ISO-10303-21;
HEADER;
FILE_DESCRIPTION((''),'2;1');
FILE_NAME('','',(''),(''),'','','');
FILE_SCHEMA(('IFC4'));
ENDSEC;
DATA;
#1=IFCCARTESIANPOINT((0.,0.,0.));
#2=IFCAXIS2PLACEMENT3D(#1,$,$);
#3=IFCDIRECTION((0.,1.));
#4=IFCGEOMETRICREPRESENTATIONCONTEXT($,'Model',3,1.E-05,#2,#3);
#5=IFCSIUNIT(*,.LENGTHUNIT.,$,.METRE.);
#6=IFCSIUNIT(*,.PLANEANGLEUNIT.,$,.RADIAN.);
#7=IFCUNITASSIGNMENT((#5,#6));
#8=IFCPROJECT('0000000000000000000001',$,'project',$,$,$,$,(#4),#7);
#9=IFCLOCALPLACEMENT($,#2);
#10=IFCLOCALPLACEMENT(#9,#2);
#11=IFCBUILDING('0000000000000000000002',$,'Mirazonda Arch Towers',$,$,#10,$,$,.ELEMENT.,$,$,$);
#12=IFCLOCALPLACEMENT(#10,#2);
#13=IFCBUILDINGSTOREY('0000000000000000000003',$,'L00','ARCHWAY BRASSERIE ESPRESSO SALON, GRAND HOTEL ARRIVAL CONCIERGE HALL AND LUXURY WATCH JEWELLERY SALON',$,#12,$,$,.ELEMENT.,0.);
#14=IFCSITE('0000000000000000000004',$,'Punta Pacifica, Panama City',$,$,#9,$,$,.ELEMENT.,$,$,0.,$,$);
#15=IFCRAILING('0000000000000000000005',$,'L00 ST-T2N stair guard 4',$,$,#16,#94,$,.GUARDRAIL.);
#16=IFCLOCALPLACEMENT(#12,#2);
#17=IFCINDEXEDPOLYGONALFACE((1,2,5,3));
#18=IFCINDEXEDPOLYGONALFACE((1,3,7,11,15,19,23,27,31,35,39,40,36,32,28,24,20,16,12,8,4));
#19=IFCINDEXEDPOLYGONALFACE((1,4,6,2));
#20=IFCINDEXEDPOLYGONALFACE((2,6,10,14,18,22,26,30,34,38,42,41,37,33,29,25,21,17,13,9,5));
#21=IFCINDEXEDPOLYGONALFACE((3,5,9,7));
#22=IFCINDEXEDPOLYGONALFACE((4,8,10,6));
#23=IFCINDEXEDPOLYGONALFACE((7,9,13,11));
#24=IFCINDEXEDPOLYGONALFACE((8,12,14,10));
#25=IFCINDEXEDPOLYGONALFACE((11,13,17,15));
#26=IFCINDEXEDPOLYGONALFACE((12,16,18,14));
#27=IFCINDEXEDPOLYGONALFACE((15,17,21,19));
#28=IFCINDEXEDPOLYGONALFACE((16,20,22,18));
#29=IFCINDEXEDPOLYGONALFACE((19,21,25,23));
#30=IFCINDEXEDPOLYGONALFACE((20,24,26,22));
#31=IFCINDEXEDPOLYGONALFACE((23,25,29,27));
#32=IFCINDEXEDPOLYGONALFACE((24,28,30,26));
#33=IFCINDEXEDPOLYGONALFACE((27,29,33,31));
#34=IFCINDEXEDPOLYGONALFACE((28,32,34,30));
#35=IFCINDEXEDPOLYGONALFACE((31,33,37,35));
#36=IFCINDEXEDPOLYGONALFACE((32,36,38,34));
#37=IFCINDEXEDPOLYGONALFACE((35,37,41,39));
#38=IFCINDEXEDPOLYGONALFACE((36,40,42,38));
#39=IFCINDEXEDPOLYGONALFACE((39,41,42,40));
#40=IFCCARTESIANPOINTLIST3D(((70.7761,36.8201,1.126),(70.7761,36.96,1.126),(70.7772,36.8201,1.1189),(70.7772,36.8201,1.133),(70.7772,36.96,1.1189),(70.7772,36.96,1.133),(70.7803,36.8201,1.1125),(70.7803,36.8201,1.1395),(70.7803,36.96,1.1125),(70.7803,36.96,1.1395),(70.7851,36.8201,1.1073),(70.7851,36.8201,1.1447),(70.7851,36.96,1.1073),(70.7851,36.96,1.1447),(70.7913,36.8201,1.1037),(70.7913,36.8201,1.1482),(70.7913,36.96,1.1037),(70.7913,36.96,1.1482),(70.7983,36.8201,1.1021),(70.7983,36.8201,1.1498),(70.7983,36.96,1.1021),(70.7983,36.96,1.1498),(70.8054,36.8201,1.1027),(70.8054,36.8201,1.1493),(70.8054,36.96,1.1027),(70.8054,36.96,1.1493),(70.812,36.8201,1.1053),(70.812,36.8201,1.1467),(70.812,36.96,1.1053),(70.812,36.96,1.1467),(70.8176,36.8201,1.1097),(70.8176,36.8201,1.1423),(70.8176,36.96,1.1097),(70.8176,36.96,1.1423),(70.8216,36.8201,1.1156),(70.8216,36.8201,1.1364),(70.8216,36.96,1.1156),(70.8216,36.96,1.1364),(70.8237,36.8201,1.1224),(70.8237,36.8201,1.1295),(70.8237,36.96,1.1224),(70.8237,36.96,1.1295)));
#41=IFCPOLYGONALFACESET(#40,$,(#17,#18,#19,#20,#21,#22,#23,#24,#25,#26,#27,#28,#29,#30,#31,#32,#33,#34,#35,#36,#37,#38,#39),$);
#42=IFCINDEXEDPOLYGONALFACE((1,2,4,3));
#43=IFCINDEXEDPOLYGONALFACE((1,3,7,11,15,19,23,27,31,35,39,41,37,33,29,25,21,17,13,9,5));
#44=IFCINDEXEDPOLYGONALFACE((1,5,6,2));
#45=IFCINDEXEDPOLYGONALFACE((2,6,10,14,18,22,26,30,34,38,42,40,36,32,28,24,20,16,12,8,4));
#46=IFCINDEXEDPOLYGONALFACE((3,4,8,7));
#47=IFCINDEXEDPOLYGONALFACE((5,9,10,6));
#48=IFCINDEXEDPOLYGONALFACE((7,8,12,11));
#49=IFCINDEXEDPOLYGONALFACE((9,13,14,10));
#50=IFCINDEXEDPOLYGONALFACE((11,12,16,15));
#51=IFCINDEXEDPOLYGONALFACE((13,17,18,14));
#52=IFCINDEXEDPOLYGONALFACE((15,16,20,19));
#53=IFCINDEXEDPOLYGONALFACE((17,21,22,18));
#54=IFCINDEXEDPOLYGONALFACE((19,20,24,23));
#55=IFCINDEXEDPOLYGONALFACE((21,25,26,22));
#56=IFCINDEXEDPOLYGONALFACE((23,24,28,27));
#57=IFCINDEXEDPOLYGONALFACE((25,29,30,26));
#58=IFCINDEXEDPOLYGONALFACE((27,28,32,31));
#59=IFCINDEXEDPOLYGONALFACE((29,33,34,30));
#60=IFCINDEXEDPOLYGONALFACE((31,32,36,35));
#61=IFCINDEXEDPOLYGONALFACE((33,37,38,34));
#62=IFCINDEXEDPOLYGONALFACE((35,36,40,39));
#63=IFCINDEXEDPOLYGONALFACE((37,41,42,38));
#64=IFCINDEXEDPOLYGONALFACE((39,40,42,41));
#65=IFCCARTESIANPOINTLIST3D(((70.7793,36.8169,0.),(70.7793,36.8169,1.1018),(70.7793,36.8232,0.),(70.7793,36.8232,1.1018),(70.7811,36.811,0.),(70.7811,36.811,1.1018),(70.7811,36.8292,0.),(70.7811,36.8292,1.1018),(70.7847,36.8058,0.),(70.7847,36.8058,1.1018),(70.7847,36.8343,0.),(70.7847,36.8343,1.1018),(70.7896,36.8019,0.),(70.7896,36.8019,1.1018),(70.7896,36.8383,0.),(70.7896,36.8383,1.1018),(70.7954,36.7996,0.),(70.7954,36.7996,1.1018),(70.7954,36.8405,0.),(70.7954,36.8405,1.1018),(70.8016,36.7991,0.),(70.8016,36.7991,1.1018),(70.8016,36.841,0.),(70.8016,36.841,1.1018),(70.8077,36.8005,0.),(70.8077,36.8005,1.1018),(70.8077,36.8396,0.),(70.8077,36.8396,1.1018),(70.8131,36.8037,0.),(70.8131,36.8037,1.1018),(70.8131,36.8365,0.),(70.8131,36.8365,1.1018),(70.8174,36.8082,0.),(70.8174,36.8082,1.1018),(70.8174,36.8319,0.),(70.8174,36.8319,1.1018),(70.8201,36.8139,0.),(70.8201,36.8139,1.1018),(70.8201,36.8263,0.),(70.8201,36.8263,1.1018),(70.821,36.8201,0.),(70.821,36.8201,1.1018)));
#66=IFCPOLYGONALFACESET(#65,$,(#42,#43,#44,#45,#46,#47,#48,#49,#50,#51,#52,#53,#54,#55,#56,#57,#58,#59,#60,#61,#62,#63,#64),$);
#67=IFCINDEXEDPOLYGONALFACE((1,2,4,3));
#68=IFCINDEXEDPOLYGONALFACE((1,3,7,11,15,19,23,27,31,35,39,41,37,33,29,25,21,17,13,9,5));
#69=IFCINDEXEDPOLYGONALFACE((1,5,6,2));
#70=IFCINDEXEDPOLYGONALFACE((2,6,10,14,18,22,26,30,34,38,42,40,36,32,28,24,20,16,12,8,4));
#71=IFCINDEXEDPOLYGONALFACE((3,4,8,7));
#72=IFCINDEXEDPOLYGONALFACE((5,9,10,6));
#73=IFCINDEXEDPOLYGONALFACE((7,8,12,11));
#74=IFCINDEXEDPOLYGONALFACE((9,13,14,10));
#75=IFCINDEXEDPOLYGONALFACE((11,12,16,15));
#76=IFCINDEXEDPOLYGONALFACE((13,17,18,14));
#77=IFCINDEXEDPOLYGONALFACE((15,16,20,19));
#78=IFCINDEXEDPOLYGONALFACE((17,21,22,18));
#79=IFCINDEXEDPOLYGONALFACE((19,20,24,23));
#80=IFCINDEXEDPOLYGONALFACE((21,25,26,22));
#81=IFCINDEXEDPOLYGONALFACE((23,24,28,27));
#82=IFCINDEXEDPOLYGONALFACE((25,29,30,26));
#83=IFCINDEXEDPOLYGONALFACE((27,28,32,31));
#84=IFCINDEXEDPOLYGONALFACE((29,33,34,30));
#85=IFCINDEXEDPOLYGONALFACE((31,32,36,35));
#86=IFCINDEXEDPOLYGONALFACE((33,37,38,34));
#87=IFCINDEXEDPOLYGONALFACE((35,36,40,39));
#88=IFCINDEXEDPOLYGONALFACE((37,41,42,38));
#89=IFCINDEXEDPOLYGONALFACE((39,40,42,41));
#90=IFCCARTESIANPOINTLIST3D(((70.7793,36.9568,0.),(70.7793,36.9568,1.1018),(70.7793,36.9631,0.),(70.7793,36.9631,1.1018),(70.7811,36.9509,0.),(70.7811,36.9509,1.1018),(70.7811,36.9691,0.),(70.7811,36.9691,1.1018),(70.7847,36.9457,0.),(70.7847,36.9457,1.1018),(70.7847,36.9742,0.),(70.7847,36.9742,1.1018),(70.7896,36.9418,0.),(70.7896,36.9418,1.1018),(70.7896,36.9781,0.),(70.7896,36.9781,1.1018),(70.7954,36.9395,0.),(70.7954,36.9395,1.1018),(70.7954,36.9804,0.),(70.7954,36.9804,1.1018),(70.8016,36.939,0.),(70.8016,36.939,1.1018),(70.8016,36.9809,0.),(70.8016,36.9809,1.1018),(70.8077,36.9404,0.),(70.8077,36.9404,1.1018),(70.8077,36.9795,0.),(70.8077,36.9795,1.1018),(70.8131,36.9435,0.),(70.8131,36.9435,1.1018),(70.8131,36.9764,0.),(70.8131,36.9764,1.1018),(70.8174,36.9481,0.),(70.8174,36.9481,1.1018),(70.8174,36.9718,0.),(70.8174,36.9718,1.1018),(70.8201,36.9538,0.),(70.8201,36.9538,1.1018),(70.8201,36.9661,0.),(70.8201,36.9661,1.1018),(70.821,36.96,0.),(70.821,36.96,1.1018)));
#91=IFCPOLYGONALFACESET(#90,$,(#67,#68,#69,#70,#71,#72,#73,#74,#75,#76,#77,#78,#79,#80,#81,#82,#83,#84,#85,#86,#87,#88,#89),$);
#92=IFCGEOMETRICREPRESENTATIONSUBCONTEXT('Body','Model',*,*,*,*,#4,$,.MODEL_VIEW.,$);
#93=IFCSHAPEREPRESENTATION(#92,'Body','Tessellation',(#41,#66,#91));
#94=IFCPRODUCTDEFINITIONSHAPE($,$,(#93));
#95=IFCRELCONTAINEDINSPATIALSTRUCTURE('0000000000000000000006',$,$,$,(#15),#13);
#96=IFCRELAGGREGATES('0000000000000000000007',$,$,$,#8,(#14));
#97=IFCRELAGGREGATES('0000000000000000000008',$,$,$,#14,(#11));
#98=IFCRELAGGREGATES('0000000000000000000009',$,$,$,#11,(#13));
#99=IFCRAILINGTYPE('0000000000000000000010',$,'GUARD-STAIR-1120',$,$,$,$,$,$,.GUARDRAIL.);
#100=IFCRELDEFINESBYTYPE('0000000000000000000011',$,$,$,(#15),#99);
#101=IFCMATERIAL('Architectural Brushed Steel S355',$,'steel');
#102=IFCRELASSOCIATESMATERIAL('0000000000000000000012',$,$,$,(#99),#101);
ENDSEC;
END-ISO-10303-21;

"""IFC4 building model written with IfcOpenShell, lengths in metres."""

from ifc_helpers import new_model, si_unit, direction, frame, origin, origin_2d, place, context, subcontext, project, spatial, circle, extrude, material, type_object, element, save


model = new_model("IFC4")

# Units and contexts
model_context = context("Model", 3, precision=1e-05, world=origin(), true_north=direction((0.0, 1.0)))
body_context = subcontext(model_context, "Body", "Model", "MODEL_VIEW")
ifc_project = project(units=[si_unit("LENGTHUNIT", "METRE"), si_unit("PLANEANGLEUNIT", "RADIAN")], contexts=[model_context])

# Site, building, storey
site_placement = place(None, origin())
site = spatial("IfcSite", under=ifc_project, at=site_placement, Name="Punta Pacifica, Panama City", CompositionType="ELEMENT", RefElevation=0.0)
building_placement = place(site_placement, origin())
building = spatial("IfcBuilding", under=site, at=building_placement, Name="Mirazonda Arch Towers", CompositionType="ELEMENT")
storey_placement = place(building_placement, origin())
storey = spatial("IfcBuildingStorey", under=building, at=storey_placement, Name="L00", Description="ARCHWAY BRASSERIE ESPRESSO SALON, GRAND HOTEL ARRIVAL CONCIERGE HALL AND LUXURY WATCH JEWELLERY SALON", CompositionType="ELEMENT", Elevation=0.0)

# Shared definitions
ifc_material_1 = material(Name="Architectural Brushed Steel S355", Category="steel")

# Railing
railing_type_1 = type_object("IfcRailingType", Name="GUARD-STAIR-1120", PredefinedType="GUARDRAIL", material=ifc_material_1)
railing_1_placement = place(storey_placement, frame((70.8, 36.8201, 0.0)))
element("IfcRailing", 1, at=railing_1_placement, inside=storey, type_object=railing_type_1, Name="L00 ST-T2N stair guard 4", PredefinedType="GUARDRAIL", context=body_context, shape_type="SweptSolid", body=[
    extrude(circle(Radius=0.0239, at=origin_2d()), frame((0.0, 0.0, 1.126), z_axis=(0.0, 1.0, 0.0), x_axis=(-1.0, 0.0, 0.0)), (0.0, 0.0, 1.0), 0.1399),
    extrude(circle(Radius=0.021, at=origin_2d()), origin(), (0.0, 0.0, 1.0), 1.1018),
    extrude(circle(Radius=0.021, at=origin_2d()), frame((0.0, 0.1399, 0.0)), (0.0, 0.0, 1.0), 1.1018),
])

save(model, "model.ifc")
